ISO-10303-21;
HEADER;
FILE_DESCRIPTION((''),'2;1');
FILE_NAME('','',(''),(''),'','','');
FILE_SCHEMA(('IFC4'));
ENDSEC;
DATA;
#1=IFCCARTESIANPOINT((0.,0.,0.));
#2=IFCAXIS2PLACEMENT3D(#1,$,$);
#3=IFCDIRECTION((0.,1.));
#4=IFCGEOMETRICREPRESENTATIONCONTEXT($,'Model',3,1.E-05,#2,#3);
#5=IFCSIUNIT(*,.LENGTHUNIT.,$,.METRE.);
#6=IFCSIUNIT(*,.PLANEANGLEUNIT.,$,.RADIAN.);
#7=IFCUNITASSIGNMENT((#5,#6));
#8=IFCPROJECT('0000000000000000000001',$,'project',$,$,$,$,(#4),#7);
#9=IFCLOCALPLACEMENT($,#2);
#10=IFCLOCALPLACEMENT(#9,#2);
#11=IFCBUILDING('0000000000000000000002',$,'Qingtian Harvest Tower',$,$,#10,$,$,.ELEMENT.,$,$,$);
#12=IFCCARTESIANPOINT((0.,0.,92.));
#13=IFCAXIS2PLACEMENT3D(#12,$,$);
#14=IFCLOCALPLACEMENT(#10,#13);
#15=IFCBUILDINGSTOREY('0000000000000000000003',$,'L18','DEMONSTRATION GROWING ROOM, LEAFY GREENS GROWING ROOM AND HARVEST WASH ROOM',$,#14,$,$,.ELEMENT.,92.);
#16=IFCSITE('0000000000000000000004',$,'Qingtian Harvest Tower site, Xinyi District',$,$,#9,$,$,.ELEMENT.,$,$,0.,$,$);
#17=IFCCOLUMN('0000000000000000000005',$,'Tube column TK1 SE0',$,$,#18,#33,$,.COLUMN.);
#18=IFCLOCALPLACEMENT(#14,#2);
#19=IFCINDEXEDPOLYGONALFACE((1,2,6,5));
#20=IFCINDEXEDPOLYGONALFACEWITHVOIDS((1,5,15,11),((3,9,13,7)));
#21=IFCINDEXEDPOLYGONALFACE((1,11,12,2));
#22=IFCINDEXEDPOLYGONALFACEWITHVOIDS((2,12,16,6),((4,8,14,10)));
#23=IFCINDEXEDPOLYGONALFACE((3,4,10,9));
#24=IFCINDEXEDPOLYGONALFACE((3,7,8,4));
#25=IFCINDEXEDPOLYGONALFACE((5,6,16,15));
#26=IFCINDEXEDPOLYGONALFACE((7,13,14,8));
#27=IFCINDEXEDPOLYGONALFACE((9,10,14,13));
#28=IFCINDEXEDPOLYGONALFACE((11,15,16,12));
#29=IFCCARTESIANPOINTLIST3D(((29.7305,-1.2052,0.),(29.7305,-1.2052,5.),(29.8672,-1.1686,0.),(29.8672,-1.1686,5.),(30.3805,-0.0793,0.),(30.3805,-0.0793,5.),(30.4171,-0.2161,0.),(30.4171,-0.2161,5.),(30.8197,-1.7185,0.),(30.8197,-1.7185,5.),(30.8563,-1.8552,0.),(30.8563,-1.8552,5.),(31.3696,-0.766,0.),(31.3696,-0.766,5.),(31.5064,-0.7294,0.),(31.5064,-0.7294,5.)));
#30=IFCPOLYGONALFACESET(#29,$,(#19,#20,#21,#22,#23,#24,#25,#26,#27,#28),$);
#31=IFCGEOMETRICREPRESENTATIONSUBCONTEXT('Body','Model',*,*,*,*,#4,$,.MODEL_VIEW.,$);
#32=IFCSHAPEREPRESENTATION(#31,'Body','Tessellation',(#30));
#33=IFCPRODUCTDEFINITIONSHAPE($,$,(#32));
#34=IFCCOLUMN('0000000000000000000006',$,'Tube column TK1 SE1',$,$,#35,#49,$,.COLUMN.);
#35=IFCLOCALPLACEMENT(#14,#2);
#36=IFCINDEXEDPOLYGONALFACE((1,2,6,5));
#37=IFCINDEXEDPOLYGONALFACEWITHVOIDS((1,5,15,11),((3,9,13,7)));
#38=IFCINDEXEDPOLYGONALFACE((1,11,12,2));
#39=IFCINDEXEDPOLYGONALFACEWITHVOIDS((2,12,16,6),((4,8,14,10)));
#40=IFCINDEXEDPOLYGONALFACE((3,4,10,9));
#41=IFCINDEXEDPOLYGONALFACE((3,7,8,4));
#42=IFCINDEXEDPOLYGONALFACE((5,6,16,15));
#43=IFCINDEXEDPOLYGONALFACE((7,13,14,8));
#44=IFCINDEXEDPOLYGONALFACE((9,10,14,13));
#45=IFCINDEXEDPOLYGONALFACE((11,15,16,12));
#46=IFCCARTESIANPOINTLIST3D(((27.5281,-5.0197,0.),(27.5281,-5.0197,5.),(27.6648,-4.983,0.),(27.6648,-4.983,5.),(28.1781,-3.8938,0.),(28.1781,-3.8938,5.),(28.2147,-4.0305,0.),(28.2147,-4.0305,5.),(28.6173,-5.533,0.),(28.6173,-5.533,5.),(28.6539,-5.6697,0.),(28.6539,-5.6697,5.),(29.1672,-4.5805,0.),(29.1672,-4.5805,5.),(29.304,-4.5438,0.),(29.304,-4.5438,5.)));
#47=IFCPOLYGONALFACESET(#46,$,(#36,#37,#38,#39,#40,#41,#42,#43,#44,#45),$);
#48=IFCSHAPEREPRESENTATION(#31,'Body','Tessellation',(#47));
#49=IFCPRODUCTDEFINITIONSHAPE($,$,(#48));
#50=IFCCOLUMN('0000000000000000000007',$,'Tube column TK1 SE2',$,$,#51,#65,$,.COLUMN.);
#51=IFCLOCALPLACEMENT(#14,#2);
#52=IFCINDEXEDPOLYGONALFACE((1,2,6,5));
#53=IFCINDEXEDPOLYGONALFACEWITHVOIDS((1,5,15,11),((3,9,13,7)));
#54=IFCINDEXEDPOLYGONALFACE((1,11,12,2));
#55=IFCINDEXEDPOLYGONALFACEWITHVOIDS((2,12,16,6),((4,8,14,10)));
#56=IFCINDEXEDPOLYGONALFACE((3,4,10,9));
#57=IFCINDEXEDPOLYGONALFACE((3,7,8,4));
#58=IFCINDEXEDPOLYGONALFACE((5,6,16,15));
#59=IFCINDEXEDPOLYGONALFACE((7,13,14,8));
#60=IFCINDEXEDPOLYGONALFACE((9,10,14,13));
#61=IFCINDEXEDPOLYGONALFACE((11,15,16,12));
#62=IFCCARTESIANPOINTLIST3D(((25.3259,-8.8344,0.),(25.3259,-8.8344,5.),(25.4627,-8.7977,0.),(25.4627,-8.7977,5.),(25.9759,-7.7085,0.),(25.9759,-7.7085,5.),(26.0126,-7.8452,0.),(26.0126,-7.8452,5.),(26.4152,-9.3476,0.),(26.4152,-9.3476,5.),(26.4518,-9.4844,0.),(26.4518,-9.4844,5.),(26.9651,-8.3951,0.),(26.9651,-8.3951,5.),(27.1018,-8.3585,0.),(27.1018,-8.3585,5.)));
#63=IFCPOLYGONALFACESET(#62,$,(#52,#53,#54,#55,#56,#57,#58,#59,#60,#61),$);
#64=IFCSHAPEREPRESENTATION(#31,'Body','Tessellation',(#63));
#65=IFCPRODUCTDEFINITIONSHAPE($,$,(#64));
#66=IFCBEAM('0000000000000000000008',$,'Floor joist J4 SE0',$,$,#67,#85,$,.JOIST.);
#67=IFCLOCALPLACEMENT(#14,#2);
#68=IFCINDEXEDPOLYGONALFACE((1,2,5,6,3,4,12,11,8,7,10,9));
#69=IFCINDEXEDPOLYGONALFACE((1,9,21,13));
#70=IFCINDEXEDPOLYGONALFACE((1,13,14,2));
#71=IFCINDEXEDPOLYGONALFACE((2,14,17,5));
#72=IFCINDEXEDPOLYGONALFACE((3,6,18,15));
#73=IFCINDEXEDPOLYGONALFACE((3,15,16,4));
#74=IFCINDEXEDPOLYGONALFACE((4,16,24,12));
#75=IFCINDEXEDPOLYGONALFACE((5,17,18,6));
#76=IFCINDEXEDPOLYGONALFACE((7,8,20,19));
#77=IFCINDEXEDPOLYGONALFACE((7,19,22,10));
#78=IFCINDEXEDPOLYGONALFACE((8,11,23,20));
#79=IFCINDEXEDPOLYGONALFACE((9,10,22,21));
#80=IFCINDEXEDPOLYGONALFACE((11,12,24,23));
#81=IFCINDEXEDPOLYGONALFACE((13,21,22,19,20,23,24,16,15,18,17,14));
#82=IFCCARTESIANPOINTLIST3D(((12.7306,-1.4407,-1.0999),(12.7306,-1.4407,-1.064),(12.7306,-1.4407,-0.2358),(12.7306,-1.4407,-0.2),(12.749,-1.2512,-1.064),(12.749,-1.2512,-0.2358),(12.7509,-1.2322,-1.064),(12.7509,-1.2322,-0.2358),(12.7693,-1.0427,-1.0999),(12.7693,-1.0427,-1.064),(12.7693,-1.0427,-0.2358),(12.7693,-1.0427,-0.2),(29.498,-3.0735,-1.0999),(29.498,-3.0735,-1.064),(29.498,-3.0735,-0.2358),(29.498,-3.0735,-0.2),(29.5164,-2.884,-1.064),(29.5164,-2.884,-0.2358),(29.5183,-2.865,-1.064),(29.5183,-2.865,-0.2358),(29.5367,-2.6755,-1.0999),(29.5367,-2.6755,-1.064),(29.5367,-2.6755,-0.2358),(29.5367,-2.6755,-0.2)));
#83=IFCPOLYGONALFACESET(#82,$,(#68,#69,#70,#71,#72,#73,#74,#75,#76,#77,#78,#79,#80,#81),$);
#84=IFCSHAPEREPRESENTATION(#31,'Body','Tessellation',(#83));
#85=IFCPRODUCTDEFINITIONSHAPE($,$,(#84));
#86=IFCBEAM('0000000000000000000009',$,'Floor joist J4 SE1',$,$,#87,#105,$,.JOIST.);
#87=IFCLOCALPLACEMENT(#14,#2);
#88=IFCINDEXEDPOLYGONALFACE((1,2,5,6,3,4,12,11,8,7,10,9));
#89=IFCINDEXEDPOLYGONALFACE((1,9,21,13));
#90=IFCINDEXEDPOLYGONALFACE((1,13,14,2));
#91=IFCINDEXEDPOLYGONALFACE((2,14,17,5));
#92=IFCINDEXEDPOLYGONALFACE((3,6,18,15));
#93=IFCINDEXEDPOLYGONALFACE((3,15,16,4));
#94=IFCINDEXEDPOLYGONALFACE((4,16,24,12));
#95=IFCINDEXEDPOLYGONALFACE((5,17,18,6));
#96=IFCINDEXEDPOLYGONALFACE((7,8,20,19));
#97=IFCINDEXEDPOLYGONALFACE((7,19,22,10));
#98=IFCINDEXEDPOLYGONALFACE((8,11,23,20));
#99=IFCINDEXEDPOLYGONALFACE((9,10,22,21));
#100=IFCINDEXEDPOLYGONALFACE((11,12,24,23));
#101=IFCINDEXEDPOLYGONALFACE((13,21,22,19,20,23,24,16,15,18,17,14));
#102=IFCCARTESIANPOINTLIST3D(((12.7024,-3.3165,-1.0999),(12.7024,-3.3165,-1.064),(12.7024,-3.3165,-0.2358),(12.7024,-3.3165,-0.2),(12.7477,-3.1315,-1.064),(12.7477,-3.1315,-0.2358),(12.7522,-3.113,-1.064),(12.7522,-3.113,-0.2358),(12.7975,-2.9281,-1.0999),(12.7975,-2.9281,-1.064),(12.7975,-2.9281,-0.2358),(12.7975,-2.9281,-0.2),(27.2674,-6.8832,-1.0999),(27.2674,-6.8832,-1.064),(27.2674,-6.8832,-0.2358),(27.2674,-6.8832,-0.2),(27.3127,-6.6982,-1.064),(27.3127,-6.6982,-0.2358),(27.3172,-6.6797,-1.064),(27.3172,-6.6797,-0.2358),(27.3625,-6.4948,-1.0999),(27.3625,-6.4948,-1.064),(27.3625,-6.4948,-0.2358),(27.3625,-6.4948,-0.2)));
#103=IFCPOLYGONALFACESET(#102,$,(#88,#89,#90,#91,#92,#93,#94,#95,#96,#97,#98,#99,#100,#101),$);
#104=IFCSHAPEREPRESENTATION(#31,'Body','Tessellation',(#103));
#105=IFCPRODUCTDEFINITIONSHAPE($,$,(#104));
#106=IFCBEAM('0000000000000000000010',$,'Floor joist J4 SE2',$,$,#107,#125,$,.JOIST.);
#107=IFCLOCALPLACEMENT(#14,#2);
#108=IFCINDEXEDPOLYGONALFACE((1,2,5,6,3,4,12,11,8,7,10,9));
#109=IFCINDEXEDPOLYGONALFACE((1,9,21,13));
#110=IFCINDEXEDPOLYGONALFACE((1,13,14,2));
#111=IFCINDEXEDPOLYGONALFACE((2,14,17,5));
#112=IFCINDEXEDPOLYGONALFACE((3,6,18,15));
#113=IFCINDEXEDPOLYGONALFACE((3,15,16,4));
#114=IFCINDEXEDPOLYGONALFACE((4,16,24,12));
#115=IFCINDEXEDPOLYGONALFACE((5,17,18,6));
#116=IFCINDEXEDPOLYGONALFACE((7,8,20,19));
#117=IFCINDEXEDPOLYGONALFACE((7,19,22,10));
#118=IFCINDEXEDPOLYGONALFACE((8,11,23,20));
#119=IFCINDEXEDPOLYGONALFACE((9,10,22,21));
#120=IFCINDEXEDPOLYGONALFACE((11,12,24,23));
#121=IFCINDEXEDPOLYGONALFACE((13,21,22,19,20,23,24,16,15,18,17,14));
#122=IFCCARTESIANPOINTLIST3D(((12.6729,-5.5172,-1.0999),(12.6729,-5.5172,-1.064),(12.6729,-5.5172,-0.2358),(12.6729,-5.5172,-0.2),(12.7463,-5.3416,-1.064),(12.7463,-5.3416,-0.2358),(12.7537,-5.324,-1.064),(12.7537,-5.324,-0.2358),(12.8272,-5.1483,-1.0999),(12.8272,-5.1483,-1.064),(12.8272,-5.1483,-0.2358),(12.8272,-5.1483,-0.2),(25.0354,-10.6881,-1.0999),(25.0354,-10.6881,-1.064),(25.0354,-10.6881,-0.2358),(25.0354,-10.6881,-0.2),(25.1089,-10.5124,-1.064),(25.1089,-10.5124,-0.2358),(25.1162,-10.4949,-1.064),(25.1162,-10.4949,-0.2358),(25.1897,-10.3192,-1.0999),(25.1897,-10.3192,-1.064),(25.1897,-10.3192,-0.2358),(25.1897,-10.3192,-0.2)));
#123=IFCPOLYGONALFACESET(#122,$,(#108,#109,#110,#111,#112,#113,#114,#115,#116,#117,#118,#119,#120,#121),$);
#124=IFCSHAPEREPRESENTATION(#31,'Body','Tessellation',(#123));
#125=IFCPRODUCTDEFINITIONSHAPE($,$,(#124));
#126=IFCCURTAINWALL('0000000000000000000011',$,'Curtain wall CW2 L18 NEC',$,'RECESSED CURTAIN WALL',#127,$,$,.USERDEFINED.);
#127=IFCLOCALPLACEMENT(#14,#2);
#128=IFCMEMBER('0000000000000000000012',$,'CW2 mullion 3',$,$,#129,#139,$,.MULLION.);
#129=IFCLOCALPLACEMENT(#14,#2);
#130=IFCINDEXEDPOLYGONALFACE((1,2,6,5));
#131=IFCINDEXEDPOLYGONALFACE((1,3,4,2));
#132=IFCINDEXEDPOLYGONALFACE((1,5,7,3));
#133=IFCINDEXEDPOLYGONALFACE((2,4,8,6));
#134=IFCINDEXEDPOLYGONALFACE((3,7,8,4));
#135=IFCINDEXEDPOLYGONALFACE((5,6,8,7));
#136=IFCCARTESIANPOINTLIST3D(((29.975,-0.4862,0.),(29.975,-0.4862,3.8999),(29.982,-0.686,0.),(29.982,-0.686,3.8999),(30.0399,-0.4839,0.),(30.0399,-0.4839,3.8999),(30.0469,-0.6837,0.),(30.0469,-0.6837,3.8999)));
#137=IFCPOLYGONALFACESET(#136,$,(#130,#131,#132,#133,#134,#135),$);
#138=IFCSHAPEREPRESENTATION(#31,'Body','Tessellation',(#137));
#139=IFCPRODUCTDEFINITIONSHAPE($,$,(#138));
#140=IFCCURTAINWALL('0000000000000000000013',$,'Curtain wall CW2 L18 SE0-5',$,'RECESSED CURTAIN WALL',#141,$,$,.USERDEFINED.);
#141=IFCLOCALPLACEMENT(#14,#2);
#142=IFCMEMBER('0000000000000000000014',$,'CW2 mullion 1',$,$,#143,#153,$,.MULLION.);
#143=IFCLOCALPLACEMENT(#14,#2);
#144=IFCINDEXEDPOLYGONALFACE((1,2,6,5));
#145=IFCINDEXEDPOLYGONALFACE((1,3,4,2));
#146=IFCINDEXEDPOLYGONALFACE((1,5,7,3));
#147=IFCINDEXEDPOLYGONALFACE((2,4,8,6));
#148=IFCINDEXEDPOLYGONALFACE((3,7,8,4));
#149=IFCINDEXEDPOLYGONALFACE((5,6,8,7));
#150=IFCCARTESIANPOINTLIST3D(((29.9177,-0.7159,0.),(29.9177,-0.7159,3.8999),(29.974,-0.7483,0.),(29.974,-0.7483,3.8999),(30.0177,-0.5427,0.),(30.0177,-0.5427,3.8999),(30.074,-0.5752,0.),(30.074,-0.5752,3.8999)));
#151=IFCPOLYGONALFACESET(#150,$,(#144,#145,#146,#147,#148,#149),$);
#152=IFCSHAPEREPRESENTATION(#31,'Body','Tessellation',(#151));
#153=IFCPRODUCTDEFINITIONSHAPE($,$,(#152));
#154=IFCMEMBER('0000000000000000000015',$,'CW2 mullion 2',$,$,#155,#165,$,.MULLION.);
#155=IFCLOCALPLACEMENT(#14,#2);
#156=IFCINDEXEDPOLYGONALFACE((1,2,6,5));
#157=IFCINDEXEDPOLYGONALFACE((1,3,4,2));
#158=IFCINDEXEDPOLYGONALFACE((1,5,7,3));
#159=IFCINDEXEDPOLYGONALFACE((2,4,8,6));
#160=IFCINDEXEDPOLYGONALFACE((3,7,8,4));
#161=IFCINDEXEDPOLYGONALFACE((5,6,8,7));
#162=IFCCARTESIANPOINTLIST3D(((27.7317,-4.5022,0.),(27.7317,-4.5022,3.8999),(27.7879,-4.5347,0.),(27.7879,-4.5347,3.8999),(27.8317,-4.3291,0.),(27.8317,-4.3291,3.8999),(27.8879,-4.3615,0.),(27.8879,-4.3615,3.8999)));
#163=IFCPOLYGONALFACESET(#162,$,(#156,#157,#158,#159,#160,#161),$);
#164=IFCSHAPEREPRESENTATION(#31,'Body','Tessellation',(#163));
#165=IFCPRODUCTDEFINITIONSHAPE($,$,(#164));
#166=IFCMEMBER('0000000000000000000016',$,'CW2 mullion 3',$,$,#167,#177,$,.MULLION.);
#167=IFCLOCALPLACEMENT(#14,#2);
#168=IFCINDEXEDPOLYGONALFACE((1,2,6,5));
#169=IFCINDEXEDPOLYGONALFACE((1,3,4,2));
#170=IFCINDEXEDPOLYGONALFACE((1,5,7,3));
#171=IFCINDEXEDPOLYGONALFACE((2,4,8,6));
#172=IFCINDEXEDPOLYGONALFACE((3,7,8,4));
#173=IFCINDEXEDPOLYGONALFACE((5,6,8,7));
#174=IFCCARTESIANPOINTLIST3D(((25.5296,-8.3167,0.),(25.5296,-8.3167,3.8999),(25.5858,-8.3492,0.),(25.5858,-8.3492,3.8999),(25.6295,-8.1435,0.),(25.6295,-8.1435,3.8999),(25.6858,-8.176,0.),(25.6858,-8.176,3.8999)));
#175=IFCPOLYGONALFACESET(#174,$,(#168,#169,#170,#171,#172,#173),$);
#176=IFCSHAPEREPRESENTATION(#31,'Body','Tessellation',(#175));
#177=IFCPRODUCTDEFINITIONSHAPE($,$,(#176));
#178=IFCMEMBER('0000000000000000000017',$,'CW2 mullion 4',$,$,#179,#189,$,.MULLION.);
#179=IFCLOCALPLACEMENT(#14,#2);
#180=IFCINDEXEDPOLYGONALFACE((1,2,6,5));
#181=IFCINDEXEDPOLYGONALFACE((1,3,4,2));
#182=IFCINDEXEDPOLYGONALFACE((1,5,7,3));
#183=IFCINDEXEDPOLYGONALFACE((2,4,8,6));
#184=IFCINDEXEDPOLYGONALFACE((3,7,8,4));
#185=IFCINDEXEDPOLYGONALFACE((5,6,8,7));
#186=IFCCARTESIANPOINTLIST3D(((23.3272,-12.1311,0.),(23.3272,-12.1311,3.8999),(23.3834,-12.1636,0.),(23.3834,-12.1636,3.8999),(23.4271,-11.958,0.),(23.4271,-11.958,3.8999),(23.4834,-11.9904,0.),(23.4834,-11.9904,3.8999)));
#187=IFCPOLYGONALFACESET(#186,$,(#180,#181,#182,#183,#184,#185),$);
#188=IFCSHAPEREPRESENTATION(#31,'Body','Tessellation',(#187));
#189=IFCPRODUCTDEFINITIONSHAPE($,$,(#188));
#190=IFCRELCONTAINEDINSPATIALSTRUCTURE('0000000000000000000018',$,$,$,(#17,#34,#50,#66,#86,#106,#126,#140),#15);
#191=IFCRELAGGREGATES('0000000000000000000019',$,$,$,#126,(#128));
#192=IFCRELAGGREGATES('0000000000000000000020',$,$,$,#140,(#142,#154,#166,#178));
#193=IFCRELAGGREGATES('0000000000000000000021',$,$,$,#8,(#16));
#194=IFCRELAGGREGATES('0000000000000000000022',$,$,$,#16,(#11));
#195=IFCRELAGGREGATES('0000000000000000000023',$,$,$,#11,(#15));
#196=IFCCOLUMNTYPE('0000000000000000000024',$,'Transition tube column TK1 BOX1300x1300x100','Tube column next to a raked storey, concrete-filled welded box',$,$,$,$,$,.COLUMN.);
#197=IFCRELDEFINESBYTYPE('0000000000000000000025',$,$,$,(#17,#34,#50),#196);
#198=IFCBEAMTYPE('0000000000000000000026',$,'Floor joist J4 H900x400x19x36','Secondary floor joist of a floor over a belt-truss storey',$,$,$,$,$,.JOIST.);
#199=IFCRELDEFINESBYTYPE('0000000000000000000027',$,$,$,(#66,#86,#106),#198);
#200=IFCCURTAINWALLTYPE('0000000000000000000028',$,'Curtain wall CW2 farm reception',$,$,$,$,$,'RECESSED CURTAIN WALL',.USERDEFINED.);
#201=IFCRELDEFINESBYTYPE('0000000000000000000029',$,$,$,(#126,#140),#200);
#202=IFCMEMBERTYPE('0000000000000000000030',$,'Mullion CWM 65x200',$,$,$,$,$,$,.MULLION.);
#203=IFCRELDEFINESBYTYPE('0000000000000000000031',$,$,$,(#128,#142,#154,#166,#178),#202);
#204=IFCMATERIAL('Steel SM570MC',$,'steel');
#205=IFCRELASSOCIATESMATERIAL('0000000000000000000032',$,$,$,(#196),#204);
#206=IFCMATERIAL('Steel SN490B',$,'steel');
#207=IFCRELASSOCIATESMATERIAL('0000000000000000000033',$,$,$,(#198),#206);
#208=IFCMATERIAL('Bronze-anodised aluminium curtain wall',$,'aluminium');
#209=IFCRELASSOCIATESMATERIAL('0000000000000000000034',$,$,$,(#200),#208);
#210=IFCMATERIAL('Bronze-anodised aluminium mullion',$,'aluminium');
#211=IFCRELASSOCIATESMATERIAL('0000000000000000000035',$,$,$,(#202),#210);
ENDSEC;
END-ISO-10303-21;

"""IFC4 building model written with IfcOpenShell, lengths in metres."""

from ifc_helpers import new_model, si_unit, direction, frame, origin, origin_2d, place, context, subcontext, project, spatial, rectangle, hollow_rectangle, i_section, extrude, material, material_profile, profile_set, type_object, element, aggregate, save


model = new_model("IFC4")

# Units and contexts
model_context = context("Model", 3, precision=1e-05, world=origin(), true_north=direction((0.0, 1.0)))
body_context = subcontext(model_context, "Body", "Model", "MODEL_VIEW")
ifc_project = project(units=[si_unit("LENGTHUNIT", "METRE"), si_unit("PLANEANGLEUNIT", "RADIAN")], contexts=[model_context])

# Site, building, storey
site_placement = place(None, origin())
site = spatial("IfcSite", under=ifc_project, at=site_placement, Name="Qingtian Harvest Tower site, Xinyi District", CompositionType="ELEMENT", RefElevation=0.0)
building_placement = place(site_placement, origin())
building = spatial("IfcBuilding", under=site, at=building_placement, Name="Qingtian Harvest Tower", CompositionType="ELEMENT")
storey_placement = place(building_placement, frame((0.0, 0.0, 92.0)))
storey = spatial("IfcBuildingStorey", under=building, at=storey_placement, Name="L18", Description="DEMONSTRATION GROWING ROOM, LEAFY GREENS GROWING ROOM AND HARVEST WASH ROOM", CompositionType="ELEMENT", Elevation=92.0)

# Columns
ifc_material_1 = material(Name="Steel SM570MC", Category="steel")
ifc_material_profile_1 = material_profile(ifc_material_1, hollow_rectangle(XDim=1.3, YDim=1.3, WallThickness=0.1001, at=origin_2d()), Name="BOX1300x1300x100")
ifc_profile_set_1 = profile_set([ifc_material_profile_1], Name="Steel SM570MC")
column_type = type_object("IfcColumnType", Name="Transition tube column TK1 BOX1300x1300x100", Description="Tube column next to a raked storey, concrete-filled welded box", PredefinedType="COLUMN", material=ifc_profile_set_1)
for number, where, z_axis, x_axis, name in (
    (1, (30.6184, -0.9673, 0.0), (0.0, 0.0, 1.0), (0.5, 0.866025, 0.0), "Tube column TK1 SE0"),
    (2, (28.416, -4.7817, 0.0), (0.0, 0.0, 1.0), (0.5, 0.866025, 0.0), "Tube column TK1 SE1"),
    (3, (26.2139, -8.5964, 0.0), (0.0, 0.0, 1.0), (0.5, 0.866025, 0.0), "Tube column TK1 SE2"),
):
    element("IfcColumn", number, at=place(storey_placement, frame(where, z_axis=z_axis, x_axis=x_axis)), inside=storey, type_object=column_type, Name=name, PredefinedType="COLUMN", context=body_context, shape_type="SweptSolid", body=[
        extrude(hollow_rectangle(XDim=1.3, YDim=1.3, WallThickness=0.1001, at=origin_2d()), origin(), (0.0, 0.0, 1.0), 5.0),
    ])

# Beams
ifc_material_2 = material(Name="Steel SN490B", Category="steel")
ifc_material_profile_2 = material_profile(ifc_material_2, i_section(OverallWidth=0.3999, OverallDepth=0.8999, WebThickness=0.019, FlangeThickness=0.0359, at=origin_2d()), Name="H900x400x19x36")
ifc_profile_set_2 = profile_set([ifc_material_profile_2], Name="Steel SN490B")
beam_type_1 = type_object("IfcBeamType", Name="Floor joist J4 H900x400x19x36", Description="Secondary floor joist of a floor over a belt-truss storey", PredefinedType="JOIST", material=ifc_profile_set_2)
beam_1_placement = place(storey_placement, frame((29.5173, -2.8745, -0.6499), z_axis=(-0.995292, 0.096922, 0.0), x_axis=(-0.096922, -0.995292, 0.0)))
element("IfcBeam", 4, at=beam_1_placement, inside=storey, type_object=beam_type_1, Name="Floor joist J4 SE0", PredefinedType="JOIST", context=body_context, shape_type="SweptSolid", body=[
    extrude(i_section(OverallWidth=0.3999, OverallDepth=0.8999, WebThickness=0.019, FlangeThickness=0.0359, at=origin_2d()), origin(), (0.0, 0.0, 1.0), 16.8467),
])
beam_2_placement = place(storey_placement, frame((27.3149, -6.689, -0.6499), z_axis=(-0.971302, 0.237851, 0.0), x_axis=(-0.237851, -0.971302, 0.0)))
element("IfcBeam", 5, at=beam_2_placement, inside=storey, type_object=beam_type_1, Name="Floor joist J4 SE1", PredefinedType="JOIST", context=body_context, shape_type="SweptSolid", body=[
    extrude(i_section(OverallWidth=0.3999, OverallDepth=0.8999, WebThickness=0.019, FlangeThickness=0.0359, at=origin_2d()), origin(), (0.0, 0.0, 1.0), 14.9954),
])
beam_3_placement = place(storey_placement, frame((25.1125, -10.5037, -0.6499), z_axis=(-0.922551, 0.385876, 0.0), x_axis=(-0.385876, -0.922551, 0.0)))
element("IfcBeam", 6, at=beam_3_placement, inside=storey, type_object=beam_type_1, Name="Floor joist J4 SE2", PredefinedType="JOIST", context=body_context, shape_type="SweptSolid", body=[
    extrude(i_section(OverallWidth=0.3999, OverallDepth=0.8999, WebThickness=0.019, FlangeThickness=0.0359, at=origin_2d()), origin(), (0.0, 0.0, 1.0), 13.4004),
])

# Curtain wall, member
ifc_material_3 = material(Name="Bronze-anodised aluminium curtain wall", Category="aluminium")
curtain_wall_type = type_object("IfcCurtainWallType", Name="Curtain wall CW2 farm reception", ElementType="RECESSED CURTAIN WALL", PredefinedType="USERDEFINED", material=ifc_material_3)
curtain_wall_1_placement = place(storey_placement, origin())
curtain_wall_1 = element("IfcCurtainWall", 7, at=curtain_wall_1_placement, inside=storey, type_object=curtain_wall_type, Name="Curtain wall CW2 L18 NEC", ObjectType="RECESSED CURTAIN WALL", PredefinedType="USERDEFINED")
ifc_material_4 = material(Name="Bronze-anodised aluminium mullion", Category="aluminium")
ifc_material_profile_3 = material_profile(ifc_material_4, rectangle(XDim=0.0649, YDim=0.2, at=origin_2d()), Name="AL 65x200")
ifc_profile_set_3 = profile_set([ifc_material_profile_3], Name="Bronze-anodised aluminium mullion")
member_type_1 = type_object("IfcMemberType", Name="Mullion CWM 65x200", PredefinedType="MULLION", material=ifc_profile_set_3)
member_1_placement = place(storey_placement, frame((30.011, -0.585, 0.0), z_axis=(0.0, 0.0, 1.0), x_axis=(0.999391, 0.034899, 0.0)))
member_1 = element("IfcMember", 8, at=member_1_placement, type_object=member_type_1, Name="CW2 mullion 3", PredefinedType="MULLION", context=body_context, shape_type="SweptSolid", body=[
    extrude(rectangle(XDim=0.0649, YDim=0.2, at=origin_2d()), origin(), (0.0, 0.0, 1.0), 3.8999),
])
aggregate(curtain_wall_1, [member_1])

# Curtain wall, members
curtain_wall_2_placement = place(storey_placement, origin())
curtain_wall_2 = element("IfcCurtainWall", 9, at=curtain_wall_2_placement, inside=storey, type_object=curtain_wall_type, Name="Curtain wall CW2 L18 SE0-5", ObjectType="RECESSED CURTAIN WALL", PredefinedType="USERDEFINED")
member_2_placement = place(storey_placement, frame((29.9958, -0.6455, 0.0), z_axis=(0.0, 0.0, 1.0), x_axis=(0.866025, -0.5, 0.0)))
member_2 = element("IfcMember", 10, at=member_2_placement, type_object=member_type_1, Name="CW2 mullion 1", PredefinedType="MULLION", context=body_context, shape_type="SweptSolid", body=[
    extrude(rectangle(XDim=0.0649, YDim=0.2, at=origin_2d()), origin(), (0.0, 0.0, 1.0), 3.8999),
])
member_3_placement = place(storey_placement, frame((27.8098, -4.4319, 0.0), z_axis=(0.0, 0.0, 1.0), x_axis=(0.866025, -0.5, 0.0)))
member_3 = element("IfcMember", 11, at=member_3_placement, type_object=member_type_1, Name="CW2 mullion 2", PredefinedType="MULLION", context=body_context, shape_type="SweptSolid", body=[
    extrude(rectangle(XDim=0.0649, YDim=0.2, at=origin_2d()), origin(), (0.0, 0.0, 1.0), 3.8999),
])
member_4_placement = place(storey_placement, frame((25.6077, -8.2463, 0.0), z_axis=(0.0, 0.0, 1.0), x_axis=(0.866025, -0.5, 0.0)))
member_4 = element("IfcMember", 12, at=member_4_placement, type_object=member_type_1, Name="CW2 mullion 3", PredefinedType="MULLION", context=body_context, shape_type="SweptSolid", body=[
    extrude(rectangle(XDim=0.0649, YDim=0.2, at=origin_2d()), origin(), (0.0, 0.0, 1.0), 3.8999),
])
member_5_placement = place(storey_placement, frame((23.4053, -12.0608, 0.0), z_axis=(0.0, 0.0, 1.0), x_axis=(0.866025, -0.5, 0.0)))
member_5 = element("IfcMember", 13, at=member_5_placement, type_object=member_type_1, Name="CW2 mullion 4", PredefinedType="MULLION", context=body_context, shape_type="SweptSolid", body=[
    extrude(rectangle(XDim=0.0649, YDim=0.2, at=origin_2d()), origin(), (0.0, 0.0, 1.0), 3.8999),
])

aggregate(curtain_wall_2, [member_2, member_3, member_4, member_5])

save(model, "model.ifc")
